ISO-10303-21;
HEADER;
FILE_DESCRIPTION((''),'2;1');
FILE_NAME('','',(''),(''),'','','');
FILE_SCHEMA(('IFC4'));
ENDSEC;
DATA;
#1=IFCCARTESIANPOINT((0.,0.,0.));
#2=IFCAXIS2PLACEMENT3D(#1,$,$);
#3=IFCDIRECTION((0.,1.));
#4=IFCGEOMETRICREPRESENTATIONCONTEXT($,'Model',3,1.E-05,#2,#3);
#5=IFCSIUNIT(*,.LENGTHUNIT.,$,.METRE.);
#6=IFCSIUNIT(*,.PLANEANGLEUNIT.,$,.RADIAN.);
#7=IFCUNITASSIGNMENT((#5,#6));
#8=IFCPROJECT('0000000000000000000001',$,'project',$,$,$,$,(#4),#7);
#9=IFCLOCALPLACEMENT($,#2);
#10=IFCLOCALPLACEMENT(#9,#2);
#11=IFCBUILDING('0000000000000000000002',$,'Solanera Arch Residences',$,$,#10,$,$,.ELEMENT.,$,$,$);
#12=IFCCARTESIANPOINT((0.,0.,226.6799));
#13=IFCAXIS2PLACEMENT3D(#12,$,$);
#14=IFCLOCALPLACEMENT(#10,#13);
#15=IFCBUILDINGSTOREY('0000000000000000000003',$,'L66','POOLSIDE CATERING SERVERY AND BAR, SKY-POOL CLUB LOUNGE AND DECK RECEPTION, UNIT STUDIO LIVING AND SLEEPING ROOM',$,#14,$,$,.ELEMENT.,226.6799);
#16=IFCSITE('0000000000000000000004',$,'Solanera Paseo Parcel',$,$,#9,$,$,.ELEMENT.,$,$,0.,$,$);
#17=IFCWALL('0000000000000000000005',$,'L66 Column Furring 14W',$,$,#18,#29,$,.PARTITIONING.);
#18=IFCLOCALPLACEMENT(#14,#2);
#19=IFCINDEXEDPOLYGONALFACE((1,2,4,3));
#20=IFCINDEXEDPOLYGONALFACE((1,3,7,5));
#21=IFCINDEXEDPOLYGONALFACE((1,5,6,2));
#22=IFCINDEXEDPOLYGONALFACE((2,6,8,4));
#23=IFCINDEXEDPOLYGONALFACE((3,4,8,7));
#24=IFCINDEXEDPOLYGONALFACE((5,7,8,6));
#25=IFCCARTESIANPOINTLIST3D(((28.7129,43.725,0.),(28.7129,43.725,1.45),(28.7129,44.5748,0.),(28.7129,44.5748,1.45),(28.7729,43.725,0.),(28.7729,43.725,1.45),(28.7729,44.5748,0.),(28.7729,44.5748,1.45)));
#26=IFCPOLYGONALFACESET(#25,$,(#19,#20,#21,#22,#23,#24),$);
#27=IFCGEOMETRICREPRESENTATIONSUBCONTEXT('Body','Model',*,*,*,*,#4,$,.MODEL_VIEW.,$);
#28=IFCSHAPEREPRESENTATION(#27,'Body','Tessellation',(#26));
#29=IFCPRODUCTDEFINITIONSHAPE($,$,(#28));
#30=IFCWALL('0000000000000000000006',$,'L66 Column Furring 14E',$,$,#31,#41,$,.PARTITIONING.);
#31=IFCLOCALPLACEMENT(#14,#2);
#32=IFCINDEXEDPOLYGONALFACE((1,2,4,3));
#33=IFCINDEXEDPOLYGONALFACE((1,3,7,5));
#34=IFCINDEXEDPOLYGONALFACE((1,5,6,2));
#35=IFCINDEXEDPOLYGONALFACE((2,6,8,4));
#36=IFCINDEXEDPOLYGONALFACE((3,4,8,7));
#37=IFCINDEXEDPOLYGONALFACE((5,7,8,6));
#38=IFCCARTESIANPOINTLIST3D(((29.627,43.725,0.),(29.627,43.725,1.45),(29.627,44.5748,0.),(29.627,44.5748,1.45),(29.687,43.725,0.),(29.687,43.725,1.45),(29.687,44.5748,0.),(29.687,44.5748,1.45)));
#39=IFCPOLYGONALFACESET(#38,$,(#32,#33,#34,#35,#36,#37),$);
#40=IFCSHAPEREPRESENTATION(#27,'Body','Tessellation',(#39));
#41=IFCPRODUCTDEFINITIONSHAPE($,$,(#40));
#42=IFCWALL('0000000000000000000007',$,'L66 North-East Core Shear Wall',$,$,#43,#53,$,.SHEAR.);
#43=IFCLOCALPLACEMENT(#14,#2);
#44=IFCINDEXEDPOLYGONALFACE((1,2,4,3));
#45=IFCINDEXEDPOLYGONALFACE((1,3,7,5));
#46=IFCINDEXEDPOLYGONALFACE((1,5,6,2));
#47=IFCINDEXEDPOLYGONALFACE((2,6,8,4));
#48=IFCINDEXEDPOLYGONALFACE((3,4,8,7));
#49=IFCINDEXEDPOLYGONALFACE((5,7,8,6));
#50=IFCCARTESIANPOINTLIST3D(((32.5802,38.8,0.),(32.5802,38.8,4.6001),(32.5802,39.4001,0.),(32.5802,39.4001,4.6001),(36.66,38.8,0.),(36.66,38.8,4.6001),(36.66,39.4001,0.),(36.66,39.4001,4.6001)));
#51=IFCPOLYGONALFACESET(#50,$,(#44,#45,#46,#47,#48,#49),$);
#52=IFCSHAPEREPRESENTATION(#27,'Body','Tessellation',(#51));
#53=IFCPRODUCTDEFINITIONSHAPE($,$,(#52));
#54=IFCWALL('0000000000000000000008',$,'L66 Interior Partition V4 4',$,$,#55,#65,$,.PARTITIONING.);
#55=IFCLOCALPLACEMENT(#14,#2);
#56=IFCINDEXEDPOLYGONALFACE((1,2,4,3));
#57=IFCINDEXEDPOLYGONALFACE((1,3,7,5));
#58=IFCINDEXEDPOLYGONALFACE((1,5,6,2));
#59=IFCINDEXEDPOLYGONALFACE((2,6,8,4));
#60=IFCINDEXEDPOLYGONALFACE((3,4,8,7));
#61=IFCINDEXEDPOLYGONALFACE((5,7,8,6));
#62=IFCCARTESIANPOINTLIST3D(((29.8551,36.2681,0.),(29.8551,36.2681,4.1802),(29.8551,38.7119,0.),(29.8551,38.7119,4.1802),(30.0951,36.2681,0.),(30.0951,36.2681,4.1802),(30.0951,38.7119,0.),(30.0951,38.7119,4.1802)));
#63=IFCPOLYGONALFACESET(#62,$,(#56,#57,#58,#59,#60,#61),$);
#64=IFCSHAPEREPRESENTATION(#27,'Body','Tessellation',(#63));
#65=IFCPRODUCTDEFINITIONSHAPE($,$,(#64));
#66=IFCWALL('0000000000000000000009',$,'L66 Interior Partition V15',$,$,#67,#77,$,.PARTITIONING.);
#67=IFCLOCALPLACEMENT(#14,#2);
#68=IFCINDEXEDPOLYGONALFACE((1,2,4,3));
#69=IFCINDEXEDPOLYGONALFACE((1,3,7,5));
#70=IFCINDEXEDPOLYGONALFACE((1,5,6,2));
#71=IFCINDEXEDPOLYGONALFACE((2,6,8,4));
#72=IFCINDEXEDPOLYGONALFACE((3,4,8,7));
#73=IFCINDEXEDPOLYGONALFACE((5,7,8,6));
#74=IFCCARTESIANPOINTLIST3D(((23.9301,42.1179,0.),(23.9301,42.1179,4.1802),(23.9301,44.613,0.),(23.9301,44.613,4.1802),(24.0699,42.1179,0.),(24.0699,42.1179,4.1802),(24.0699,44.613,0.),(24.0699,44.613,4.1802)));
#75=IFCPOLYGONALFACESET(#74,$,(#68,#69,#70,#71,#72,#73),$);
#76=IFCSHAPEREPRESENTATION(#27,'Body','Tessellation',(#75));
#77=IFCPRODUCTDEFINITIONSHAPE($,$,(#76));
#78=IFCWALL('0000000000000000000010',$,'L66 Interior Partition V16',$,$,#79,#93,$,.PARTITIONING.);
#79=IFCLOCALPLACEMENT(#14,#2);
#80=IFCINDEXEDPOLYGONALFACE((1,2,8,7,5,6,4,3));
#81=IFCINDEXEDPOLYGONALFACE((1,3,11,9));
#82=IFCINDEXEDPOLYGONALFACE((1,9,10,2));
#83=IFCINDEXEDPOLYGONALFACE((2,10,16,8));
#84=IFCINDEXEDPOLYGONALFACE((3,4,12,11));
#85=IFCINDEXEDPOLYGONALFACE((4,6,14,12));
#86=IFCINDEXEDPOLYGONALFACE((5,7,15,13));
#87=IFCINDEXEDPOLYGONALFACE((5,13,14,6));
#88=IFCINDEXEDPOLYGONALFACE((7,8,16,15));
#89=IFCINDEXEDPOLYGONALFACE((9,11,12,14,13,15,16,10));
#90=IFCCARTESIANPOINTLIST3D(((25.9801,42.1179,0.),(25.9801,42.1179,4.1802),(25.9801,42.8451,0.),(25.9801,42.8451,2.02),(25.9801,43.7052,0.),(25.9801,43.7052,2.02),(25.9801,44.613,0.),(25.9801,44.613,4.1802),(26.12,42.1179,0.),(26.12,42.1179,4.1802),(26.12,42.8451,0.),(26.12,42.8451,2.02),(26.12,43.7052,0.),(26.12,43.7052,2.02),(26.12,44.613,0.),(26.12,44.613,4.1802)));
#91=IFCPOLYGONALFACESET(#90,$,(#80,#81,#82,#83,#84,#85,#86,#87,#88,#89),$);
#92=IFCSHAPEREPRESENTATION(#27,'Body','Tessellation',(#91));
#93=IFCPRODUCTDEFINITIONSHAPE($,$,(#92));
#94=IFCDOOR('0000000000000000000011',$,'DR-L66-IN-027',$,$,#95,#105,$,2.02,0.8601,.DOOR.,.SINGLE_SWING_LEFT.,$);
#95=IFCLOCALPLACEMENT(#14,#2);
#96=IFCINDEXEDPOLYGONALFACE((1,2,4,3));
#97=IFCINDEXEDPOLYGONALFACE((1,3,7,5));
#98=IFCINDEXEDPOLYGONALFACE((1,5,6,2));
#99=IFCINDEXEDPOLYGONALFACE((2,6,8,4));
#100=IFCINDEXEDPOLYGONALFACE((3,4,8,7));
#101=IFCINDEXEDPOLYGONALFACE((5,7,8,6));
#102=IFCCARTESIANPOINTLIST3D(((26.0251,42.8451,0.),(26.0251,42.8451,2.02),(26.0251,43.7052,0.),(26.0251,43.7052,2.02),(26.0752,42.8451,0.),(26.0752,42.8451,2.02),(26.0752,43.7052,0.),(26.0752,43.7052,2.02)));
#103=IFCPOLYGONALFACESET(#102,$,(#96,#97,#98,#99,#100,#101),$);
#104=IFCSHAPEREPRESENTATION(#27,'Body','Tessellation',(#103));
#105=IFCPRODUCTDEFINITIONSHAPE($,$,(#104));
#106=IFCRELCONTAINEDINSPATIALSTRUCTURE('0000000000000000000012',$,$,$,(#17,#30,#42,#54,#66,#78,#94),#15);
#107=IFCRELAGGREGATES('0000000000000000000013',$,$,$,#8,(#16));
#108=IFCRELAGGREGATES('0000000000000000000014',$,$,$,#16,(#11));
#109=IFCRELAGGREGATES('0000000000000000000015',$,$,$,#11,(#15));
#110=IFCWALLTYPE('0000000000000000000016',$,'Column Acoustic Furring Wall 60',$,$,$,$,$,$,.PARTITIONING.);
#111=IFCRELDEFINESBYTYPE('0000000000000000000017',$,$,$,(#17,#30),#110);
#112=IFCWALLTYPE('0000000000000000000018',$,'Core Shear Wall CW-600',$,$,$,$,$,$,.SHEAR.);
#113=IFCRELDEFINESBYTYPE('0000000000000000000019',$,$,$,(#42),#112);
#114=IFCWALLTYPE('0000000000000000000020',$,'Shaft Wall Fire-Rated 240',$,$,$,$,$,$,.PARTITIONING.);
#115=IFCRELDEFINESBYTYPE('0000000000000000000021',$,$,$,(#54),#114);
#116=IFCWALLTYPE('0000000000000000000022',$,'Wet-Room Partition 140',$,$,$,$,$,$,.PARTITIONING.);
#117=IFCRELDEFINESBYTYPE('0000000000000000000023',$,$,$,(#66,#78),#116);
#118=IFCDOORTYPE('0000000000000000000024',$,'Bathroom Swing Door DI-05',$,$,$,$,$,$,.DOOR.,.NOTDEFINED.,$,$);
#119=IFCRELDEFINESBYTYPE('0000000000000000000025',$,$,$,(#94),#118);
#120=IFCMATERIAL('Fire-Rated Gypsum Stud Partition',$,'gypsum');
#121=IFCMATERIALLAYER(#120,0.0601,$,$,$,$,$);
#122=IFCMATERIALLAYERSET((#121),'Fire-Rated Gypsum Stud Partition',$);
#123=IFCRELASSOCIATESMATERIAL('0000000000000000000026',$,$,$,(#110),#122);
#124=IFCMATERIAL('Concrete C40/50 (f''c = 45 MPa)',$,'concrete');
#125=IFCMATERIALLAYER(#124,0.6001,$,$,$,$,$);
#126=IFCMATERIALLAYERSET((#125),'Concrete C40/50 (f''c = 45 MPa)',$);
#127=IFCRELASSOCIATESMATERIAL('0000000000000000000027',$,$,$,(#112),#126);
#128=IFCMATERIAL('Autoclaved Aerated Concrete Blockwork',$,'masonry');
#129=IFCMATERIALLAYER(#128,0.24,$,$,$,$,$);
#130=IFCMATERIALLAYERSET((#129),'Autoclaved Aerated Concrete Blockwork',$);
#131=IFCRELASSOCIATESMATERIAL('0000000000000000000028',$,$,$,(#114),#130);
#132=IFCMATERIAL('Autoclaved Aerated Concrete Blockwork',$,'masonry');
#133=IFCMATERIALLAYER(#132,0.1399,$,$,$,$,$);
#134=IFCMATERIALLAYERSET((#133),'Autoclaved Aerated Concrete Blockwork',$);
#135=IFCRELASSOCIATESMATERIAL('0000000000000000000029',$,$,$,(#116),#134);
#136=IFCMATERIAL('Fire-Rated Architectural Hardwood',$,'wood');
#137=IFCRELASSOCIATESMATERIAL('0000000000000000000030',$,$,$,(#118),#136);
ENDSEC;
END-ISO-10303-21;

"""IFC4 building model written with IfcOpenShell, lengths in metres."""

from ifc_helpers import new_model, si_unit, direction, frame, frame_2d, origin, place, context, subcontext, project, spatial, rectangle, extrude, material, layer, layer_set, type_object, element, fill, save


model = new_model("IFC4")

# Units and contexts
model_context = context("Model", 3, precision=1e-05, world=origin(), true_north=direction((0.0, 1.0)))
body_context = subcontext(model_context, "Body", "Model", "MODEL_VIEW")
ifc_project = project(units=[si_unit("LENGTHUNIT", "METRE"), si_unit("PLANEANGLEUNIT", "RADIAN")], contexts=[model_context])

# Site, building, storey
site_placement = place(None, origin())
site = spatial("IfcSite", under=ifc_project, at=site_placement, Name="Solanera Paseo Parcel", CompositionType="ELEMENT", RefElevation=0.0)
building_placement = place(site_placement, origin())
building = spatial("IfcBuilding", under=site, at=building_placement, Name="Solanera Arch Residences", CompositionType="ELEMENT")
storey_placement = place(building_placement, frame((0.0, 0.0, 226.6799)))
storey = spatial("IfcBuildingStorey", under=building, at=storey_placement, Name="L66", Description="POOLSIDE CATERING SERVERY AND BAR, SKY-POOL CLUB LOUNGE AND DECK RECEPTION, UNIT STUDIO LIVING AND SLEEPING ROOM", CompositionType="ELEMENT", Elevation=226.6799)

# Walls
ifc_material_1 = material(Name="Fire-Rated Gypsum Stud Partition", Category="gypsum")
ifc_layer_1 = layer(ifc_material_1, 0.0601)
ifc_layer_set_1 = layer_set([ifc_layer_1], Name="Fire-Rated Gypsum Stud Partition")
wall_type_1 = type_object("IfcWallType", Name="Column Acoustic Furring Wall 60", PredefinedType="PARTITIONING", material=ifc_layer_set_1)
for number, where, z_axis, x_axis, name in (
    (1, (28.7429, 43.7251, 0.0), (0.0, 0.0, 1.0), (0.0, 1.0, 0.0), "L66 Column Furring 14W"),
    (2, (29.657, 43.7251, 0.0), (0.0, 0.0, 1.0), (0.0, 1.0, 0.0), "L66 Column Furring 14E"),
):
    element("IfcWall", number, at=place(storey_placement, frame(where, z_axis=z_axis, x_axis=x_axis)), inside=storey, type_object=wall_type_1, Name=name, PredefinedType="PARTITIONING", context=body_context, shape_type="SweptSolid", body=[
        extrude(rectangle(XDim=0.8499, YDim=0.0601, at=frame_2d((0.4248, 0.0))), origin(), (0.0, 0.0, 1.0), 1.45),
    ])
ifc_material_2 = material(Name="Concrete C40/50 (f'c = 45 MPa)", Category="concrete")
ifc_layer_2 = layer(ifc_material_2, 0.6001)
ifc_layer_set_2 = layer_set([ifc_layer_2], Name="Concrete C40/50 (f'c = 45 MPa)")
wall_type_2 = type_object("IfcWallType", Name="Core Shear Wall CW-600", PredefinedType="SHEAR", material=ifc_layer_set_2)
wall_1_placement = place(storey_placement, frame((32.5801, 39.1001, 0.0), z_axis=(0.0, 0.0, 1.0), x_axis=(1.0, 0.0, 0.0)))
element("IfcWall", 3, at=wall_1_placement, inside=storey, type_object=wall_type_2, Name="L66 North-East Core Shear Wall", PredefinedType="SHEAR", context=body_context, shape_type="SweptSolid", body=[
    extrude(rectangle(XDim=4.0798, YDim=0.6001, at=frame_2d((2.04, 0.0))), origin(), (0.0, 0.0, 1.0), 4.6001),
])
ifc_material_3 = material(Name="Autoclaved Aerated Concrete Blockwork", Category="masonry")
ifc_layer_3 = layer(ifc_material_3, 0.24)
ifc_layer_set_3 = layer_set([ifc_layer_3], Name="Autoclaved Aerated Concrete Blockwork")
wall_type_3 = type_object("IfcWallType", Name="Shaft Wall Fire-Rated 240", PredefinedType="PARTITIONING", material=ifc_layer_set_3)
wall_2_placement = place(storey_placement, frame((29.9751, 36.2681, 0.0), z_axis=(0.0, 0.0, 1.0), x_axis=(0.0, 1.0, 0.0)))
element("IfcWall", 4, at=wall_2_placement, inside=storey, type_object=wall_type_3, Name="L66 Interior Partition V4 4", PredefinedType="PARTITIONING", context=body_context, shape_type="SweptSolid", body=[
    extrude(rectangle(XDim=2.4438, YDim=0.24, at=frame_2d((1.2219, 0.0))), origin(), (0.0, 0.0, 1.0), 4.1802),
])
ifc_material_4 = material(Name="Autoclaved Aerated Concrete Blockwork", Category="masonry")
ifc_layer_4 = layer(ifc_material_4, 0.1399)
ifc_layer_set_4 = layer_set([ifc_layer_4], Name="Autoclaved Aerated Concrete Blockwork")
wall_type_4 = type_object("IfcWallType", Name="Wet-Room Partition 140", PredefinedType="PARTITIONING", material=ifc_layer_set_4)
wall_3_placement = place(storey_placement, frame((24.0, 42.1179, 0.0), z_axis=(0.0, 0.0, 1.0), x_axis=(0.0, 1.0, 0.0)))
element("IfcWall", 5, at=wall_3_placement, inside=storey, type_object=wall_type_4, Name="L66 Interior Partition V15", PredefinedType="PARTITIONING", context=body_context, shape_type="SweptSolid", body=[
    extrude(rectangle(XDim=2.4951, YDim=0.1399, at=frame_2d((1.2476, 0.0))), origin(), (0.0, 0.0, 1.0), 4.1802),
])

# Wall, opening, door
wall_4_placement = place(storey_placement, frame((26.05, 42.1179, 0.0), z_axis=(0.0, 0.0, 1.0), x_axis=(0.0, 1.0, 0.0)))
wall_4 = element("IfcWall", 6, at=wall_4_placement, inside=storey, type_object=wall_type_4, Name="L66 Interior Partition V16", PredefinedType="PARTITIONING", context=body_context, shape_type="SweptSolid", body=[
    extrude(rectangle(XDim=2.4951, YDim=0.1399, at=frame_2d((1.2476, 0.0))), origin(), (0.0, 0.0, 1.0), 4.1802),
])
opening_placement = place(wall_4_placement, frame((0.7271, 0.0, 0.0)))
opening = element("IfcOpeningElement", 7, at=opening_placement, cuts=wall_4, PredefinedType="OPENING", context=body_context, shape_type="SweptSolid", body=[
    extrude(rectangle(XDim=0.8601, YDim=2.02, at=frame_2d((0.4302, 1.01))), frame((0.0, 0.0798, 0.0), z_axis=(0.0, -1.0, 0.0), x_axis=(1.0, 0.0, 0.0)), (0.0, 0.0, 1.0), 0.1599),
])
ifc_material_5 = material(Name="Fire-Rated Architectural Hardwood", Category="wood")
door_type = type_object("IfcDoorType", Name="Bathroom Swing Door DI-05", OperationType="NOTDEFINED", PredefinedType="DOOR", material=ifc_material_5)
door_placement = place(opening_placement, origin())
door = element("IfcDoor", 8, at=door_placement, inside=storey, type_object=door_type, Name="DR-L66-IN-027", OperationType="SINGLE_SWING_LEFT", OverallHeight=2.02, OverallWidth=0.8601, PredefinedType="DOOR", context=body_context, shape_type="SweptSolid", body=[
    extrude(rectangle(XDim=0.8601, YDim=2.02, at=frame_2d((0.4302, 1.01))), frame((0.0, 0.0249, 0.0), z_axis=(0.0, -1.0, 0.0), x_axis=(1.0, 0.0, 0.0)), (0.0, 0.0, 1.0), 0.05),
])
fill(opening, door)

save(model, "model.ifc")
